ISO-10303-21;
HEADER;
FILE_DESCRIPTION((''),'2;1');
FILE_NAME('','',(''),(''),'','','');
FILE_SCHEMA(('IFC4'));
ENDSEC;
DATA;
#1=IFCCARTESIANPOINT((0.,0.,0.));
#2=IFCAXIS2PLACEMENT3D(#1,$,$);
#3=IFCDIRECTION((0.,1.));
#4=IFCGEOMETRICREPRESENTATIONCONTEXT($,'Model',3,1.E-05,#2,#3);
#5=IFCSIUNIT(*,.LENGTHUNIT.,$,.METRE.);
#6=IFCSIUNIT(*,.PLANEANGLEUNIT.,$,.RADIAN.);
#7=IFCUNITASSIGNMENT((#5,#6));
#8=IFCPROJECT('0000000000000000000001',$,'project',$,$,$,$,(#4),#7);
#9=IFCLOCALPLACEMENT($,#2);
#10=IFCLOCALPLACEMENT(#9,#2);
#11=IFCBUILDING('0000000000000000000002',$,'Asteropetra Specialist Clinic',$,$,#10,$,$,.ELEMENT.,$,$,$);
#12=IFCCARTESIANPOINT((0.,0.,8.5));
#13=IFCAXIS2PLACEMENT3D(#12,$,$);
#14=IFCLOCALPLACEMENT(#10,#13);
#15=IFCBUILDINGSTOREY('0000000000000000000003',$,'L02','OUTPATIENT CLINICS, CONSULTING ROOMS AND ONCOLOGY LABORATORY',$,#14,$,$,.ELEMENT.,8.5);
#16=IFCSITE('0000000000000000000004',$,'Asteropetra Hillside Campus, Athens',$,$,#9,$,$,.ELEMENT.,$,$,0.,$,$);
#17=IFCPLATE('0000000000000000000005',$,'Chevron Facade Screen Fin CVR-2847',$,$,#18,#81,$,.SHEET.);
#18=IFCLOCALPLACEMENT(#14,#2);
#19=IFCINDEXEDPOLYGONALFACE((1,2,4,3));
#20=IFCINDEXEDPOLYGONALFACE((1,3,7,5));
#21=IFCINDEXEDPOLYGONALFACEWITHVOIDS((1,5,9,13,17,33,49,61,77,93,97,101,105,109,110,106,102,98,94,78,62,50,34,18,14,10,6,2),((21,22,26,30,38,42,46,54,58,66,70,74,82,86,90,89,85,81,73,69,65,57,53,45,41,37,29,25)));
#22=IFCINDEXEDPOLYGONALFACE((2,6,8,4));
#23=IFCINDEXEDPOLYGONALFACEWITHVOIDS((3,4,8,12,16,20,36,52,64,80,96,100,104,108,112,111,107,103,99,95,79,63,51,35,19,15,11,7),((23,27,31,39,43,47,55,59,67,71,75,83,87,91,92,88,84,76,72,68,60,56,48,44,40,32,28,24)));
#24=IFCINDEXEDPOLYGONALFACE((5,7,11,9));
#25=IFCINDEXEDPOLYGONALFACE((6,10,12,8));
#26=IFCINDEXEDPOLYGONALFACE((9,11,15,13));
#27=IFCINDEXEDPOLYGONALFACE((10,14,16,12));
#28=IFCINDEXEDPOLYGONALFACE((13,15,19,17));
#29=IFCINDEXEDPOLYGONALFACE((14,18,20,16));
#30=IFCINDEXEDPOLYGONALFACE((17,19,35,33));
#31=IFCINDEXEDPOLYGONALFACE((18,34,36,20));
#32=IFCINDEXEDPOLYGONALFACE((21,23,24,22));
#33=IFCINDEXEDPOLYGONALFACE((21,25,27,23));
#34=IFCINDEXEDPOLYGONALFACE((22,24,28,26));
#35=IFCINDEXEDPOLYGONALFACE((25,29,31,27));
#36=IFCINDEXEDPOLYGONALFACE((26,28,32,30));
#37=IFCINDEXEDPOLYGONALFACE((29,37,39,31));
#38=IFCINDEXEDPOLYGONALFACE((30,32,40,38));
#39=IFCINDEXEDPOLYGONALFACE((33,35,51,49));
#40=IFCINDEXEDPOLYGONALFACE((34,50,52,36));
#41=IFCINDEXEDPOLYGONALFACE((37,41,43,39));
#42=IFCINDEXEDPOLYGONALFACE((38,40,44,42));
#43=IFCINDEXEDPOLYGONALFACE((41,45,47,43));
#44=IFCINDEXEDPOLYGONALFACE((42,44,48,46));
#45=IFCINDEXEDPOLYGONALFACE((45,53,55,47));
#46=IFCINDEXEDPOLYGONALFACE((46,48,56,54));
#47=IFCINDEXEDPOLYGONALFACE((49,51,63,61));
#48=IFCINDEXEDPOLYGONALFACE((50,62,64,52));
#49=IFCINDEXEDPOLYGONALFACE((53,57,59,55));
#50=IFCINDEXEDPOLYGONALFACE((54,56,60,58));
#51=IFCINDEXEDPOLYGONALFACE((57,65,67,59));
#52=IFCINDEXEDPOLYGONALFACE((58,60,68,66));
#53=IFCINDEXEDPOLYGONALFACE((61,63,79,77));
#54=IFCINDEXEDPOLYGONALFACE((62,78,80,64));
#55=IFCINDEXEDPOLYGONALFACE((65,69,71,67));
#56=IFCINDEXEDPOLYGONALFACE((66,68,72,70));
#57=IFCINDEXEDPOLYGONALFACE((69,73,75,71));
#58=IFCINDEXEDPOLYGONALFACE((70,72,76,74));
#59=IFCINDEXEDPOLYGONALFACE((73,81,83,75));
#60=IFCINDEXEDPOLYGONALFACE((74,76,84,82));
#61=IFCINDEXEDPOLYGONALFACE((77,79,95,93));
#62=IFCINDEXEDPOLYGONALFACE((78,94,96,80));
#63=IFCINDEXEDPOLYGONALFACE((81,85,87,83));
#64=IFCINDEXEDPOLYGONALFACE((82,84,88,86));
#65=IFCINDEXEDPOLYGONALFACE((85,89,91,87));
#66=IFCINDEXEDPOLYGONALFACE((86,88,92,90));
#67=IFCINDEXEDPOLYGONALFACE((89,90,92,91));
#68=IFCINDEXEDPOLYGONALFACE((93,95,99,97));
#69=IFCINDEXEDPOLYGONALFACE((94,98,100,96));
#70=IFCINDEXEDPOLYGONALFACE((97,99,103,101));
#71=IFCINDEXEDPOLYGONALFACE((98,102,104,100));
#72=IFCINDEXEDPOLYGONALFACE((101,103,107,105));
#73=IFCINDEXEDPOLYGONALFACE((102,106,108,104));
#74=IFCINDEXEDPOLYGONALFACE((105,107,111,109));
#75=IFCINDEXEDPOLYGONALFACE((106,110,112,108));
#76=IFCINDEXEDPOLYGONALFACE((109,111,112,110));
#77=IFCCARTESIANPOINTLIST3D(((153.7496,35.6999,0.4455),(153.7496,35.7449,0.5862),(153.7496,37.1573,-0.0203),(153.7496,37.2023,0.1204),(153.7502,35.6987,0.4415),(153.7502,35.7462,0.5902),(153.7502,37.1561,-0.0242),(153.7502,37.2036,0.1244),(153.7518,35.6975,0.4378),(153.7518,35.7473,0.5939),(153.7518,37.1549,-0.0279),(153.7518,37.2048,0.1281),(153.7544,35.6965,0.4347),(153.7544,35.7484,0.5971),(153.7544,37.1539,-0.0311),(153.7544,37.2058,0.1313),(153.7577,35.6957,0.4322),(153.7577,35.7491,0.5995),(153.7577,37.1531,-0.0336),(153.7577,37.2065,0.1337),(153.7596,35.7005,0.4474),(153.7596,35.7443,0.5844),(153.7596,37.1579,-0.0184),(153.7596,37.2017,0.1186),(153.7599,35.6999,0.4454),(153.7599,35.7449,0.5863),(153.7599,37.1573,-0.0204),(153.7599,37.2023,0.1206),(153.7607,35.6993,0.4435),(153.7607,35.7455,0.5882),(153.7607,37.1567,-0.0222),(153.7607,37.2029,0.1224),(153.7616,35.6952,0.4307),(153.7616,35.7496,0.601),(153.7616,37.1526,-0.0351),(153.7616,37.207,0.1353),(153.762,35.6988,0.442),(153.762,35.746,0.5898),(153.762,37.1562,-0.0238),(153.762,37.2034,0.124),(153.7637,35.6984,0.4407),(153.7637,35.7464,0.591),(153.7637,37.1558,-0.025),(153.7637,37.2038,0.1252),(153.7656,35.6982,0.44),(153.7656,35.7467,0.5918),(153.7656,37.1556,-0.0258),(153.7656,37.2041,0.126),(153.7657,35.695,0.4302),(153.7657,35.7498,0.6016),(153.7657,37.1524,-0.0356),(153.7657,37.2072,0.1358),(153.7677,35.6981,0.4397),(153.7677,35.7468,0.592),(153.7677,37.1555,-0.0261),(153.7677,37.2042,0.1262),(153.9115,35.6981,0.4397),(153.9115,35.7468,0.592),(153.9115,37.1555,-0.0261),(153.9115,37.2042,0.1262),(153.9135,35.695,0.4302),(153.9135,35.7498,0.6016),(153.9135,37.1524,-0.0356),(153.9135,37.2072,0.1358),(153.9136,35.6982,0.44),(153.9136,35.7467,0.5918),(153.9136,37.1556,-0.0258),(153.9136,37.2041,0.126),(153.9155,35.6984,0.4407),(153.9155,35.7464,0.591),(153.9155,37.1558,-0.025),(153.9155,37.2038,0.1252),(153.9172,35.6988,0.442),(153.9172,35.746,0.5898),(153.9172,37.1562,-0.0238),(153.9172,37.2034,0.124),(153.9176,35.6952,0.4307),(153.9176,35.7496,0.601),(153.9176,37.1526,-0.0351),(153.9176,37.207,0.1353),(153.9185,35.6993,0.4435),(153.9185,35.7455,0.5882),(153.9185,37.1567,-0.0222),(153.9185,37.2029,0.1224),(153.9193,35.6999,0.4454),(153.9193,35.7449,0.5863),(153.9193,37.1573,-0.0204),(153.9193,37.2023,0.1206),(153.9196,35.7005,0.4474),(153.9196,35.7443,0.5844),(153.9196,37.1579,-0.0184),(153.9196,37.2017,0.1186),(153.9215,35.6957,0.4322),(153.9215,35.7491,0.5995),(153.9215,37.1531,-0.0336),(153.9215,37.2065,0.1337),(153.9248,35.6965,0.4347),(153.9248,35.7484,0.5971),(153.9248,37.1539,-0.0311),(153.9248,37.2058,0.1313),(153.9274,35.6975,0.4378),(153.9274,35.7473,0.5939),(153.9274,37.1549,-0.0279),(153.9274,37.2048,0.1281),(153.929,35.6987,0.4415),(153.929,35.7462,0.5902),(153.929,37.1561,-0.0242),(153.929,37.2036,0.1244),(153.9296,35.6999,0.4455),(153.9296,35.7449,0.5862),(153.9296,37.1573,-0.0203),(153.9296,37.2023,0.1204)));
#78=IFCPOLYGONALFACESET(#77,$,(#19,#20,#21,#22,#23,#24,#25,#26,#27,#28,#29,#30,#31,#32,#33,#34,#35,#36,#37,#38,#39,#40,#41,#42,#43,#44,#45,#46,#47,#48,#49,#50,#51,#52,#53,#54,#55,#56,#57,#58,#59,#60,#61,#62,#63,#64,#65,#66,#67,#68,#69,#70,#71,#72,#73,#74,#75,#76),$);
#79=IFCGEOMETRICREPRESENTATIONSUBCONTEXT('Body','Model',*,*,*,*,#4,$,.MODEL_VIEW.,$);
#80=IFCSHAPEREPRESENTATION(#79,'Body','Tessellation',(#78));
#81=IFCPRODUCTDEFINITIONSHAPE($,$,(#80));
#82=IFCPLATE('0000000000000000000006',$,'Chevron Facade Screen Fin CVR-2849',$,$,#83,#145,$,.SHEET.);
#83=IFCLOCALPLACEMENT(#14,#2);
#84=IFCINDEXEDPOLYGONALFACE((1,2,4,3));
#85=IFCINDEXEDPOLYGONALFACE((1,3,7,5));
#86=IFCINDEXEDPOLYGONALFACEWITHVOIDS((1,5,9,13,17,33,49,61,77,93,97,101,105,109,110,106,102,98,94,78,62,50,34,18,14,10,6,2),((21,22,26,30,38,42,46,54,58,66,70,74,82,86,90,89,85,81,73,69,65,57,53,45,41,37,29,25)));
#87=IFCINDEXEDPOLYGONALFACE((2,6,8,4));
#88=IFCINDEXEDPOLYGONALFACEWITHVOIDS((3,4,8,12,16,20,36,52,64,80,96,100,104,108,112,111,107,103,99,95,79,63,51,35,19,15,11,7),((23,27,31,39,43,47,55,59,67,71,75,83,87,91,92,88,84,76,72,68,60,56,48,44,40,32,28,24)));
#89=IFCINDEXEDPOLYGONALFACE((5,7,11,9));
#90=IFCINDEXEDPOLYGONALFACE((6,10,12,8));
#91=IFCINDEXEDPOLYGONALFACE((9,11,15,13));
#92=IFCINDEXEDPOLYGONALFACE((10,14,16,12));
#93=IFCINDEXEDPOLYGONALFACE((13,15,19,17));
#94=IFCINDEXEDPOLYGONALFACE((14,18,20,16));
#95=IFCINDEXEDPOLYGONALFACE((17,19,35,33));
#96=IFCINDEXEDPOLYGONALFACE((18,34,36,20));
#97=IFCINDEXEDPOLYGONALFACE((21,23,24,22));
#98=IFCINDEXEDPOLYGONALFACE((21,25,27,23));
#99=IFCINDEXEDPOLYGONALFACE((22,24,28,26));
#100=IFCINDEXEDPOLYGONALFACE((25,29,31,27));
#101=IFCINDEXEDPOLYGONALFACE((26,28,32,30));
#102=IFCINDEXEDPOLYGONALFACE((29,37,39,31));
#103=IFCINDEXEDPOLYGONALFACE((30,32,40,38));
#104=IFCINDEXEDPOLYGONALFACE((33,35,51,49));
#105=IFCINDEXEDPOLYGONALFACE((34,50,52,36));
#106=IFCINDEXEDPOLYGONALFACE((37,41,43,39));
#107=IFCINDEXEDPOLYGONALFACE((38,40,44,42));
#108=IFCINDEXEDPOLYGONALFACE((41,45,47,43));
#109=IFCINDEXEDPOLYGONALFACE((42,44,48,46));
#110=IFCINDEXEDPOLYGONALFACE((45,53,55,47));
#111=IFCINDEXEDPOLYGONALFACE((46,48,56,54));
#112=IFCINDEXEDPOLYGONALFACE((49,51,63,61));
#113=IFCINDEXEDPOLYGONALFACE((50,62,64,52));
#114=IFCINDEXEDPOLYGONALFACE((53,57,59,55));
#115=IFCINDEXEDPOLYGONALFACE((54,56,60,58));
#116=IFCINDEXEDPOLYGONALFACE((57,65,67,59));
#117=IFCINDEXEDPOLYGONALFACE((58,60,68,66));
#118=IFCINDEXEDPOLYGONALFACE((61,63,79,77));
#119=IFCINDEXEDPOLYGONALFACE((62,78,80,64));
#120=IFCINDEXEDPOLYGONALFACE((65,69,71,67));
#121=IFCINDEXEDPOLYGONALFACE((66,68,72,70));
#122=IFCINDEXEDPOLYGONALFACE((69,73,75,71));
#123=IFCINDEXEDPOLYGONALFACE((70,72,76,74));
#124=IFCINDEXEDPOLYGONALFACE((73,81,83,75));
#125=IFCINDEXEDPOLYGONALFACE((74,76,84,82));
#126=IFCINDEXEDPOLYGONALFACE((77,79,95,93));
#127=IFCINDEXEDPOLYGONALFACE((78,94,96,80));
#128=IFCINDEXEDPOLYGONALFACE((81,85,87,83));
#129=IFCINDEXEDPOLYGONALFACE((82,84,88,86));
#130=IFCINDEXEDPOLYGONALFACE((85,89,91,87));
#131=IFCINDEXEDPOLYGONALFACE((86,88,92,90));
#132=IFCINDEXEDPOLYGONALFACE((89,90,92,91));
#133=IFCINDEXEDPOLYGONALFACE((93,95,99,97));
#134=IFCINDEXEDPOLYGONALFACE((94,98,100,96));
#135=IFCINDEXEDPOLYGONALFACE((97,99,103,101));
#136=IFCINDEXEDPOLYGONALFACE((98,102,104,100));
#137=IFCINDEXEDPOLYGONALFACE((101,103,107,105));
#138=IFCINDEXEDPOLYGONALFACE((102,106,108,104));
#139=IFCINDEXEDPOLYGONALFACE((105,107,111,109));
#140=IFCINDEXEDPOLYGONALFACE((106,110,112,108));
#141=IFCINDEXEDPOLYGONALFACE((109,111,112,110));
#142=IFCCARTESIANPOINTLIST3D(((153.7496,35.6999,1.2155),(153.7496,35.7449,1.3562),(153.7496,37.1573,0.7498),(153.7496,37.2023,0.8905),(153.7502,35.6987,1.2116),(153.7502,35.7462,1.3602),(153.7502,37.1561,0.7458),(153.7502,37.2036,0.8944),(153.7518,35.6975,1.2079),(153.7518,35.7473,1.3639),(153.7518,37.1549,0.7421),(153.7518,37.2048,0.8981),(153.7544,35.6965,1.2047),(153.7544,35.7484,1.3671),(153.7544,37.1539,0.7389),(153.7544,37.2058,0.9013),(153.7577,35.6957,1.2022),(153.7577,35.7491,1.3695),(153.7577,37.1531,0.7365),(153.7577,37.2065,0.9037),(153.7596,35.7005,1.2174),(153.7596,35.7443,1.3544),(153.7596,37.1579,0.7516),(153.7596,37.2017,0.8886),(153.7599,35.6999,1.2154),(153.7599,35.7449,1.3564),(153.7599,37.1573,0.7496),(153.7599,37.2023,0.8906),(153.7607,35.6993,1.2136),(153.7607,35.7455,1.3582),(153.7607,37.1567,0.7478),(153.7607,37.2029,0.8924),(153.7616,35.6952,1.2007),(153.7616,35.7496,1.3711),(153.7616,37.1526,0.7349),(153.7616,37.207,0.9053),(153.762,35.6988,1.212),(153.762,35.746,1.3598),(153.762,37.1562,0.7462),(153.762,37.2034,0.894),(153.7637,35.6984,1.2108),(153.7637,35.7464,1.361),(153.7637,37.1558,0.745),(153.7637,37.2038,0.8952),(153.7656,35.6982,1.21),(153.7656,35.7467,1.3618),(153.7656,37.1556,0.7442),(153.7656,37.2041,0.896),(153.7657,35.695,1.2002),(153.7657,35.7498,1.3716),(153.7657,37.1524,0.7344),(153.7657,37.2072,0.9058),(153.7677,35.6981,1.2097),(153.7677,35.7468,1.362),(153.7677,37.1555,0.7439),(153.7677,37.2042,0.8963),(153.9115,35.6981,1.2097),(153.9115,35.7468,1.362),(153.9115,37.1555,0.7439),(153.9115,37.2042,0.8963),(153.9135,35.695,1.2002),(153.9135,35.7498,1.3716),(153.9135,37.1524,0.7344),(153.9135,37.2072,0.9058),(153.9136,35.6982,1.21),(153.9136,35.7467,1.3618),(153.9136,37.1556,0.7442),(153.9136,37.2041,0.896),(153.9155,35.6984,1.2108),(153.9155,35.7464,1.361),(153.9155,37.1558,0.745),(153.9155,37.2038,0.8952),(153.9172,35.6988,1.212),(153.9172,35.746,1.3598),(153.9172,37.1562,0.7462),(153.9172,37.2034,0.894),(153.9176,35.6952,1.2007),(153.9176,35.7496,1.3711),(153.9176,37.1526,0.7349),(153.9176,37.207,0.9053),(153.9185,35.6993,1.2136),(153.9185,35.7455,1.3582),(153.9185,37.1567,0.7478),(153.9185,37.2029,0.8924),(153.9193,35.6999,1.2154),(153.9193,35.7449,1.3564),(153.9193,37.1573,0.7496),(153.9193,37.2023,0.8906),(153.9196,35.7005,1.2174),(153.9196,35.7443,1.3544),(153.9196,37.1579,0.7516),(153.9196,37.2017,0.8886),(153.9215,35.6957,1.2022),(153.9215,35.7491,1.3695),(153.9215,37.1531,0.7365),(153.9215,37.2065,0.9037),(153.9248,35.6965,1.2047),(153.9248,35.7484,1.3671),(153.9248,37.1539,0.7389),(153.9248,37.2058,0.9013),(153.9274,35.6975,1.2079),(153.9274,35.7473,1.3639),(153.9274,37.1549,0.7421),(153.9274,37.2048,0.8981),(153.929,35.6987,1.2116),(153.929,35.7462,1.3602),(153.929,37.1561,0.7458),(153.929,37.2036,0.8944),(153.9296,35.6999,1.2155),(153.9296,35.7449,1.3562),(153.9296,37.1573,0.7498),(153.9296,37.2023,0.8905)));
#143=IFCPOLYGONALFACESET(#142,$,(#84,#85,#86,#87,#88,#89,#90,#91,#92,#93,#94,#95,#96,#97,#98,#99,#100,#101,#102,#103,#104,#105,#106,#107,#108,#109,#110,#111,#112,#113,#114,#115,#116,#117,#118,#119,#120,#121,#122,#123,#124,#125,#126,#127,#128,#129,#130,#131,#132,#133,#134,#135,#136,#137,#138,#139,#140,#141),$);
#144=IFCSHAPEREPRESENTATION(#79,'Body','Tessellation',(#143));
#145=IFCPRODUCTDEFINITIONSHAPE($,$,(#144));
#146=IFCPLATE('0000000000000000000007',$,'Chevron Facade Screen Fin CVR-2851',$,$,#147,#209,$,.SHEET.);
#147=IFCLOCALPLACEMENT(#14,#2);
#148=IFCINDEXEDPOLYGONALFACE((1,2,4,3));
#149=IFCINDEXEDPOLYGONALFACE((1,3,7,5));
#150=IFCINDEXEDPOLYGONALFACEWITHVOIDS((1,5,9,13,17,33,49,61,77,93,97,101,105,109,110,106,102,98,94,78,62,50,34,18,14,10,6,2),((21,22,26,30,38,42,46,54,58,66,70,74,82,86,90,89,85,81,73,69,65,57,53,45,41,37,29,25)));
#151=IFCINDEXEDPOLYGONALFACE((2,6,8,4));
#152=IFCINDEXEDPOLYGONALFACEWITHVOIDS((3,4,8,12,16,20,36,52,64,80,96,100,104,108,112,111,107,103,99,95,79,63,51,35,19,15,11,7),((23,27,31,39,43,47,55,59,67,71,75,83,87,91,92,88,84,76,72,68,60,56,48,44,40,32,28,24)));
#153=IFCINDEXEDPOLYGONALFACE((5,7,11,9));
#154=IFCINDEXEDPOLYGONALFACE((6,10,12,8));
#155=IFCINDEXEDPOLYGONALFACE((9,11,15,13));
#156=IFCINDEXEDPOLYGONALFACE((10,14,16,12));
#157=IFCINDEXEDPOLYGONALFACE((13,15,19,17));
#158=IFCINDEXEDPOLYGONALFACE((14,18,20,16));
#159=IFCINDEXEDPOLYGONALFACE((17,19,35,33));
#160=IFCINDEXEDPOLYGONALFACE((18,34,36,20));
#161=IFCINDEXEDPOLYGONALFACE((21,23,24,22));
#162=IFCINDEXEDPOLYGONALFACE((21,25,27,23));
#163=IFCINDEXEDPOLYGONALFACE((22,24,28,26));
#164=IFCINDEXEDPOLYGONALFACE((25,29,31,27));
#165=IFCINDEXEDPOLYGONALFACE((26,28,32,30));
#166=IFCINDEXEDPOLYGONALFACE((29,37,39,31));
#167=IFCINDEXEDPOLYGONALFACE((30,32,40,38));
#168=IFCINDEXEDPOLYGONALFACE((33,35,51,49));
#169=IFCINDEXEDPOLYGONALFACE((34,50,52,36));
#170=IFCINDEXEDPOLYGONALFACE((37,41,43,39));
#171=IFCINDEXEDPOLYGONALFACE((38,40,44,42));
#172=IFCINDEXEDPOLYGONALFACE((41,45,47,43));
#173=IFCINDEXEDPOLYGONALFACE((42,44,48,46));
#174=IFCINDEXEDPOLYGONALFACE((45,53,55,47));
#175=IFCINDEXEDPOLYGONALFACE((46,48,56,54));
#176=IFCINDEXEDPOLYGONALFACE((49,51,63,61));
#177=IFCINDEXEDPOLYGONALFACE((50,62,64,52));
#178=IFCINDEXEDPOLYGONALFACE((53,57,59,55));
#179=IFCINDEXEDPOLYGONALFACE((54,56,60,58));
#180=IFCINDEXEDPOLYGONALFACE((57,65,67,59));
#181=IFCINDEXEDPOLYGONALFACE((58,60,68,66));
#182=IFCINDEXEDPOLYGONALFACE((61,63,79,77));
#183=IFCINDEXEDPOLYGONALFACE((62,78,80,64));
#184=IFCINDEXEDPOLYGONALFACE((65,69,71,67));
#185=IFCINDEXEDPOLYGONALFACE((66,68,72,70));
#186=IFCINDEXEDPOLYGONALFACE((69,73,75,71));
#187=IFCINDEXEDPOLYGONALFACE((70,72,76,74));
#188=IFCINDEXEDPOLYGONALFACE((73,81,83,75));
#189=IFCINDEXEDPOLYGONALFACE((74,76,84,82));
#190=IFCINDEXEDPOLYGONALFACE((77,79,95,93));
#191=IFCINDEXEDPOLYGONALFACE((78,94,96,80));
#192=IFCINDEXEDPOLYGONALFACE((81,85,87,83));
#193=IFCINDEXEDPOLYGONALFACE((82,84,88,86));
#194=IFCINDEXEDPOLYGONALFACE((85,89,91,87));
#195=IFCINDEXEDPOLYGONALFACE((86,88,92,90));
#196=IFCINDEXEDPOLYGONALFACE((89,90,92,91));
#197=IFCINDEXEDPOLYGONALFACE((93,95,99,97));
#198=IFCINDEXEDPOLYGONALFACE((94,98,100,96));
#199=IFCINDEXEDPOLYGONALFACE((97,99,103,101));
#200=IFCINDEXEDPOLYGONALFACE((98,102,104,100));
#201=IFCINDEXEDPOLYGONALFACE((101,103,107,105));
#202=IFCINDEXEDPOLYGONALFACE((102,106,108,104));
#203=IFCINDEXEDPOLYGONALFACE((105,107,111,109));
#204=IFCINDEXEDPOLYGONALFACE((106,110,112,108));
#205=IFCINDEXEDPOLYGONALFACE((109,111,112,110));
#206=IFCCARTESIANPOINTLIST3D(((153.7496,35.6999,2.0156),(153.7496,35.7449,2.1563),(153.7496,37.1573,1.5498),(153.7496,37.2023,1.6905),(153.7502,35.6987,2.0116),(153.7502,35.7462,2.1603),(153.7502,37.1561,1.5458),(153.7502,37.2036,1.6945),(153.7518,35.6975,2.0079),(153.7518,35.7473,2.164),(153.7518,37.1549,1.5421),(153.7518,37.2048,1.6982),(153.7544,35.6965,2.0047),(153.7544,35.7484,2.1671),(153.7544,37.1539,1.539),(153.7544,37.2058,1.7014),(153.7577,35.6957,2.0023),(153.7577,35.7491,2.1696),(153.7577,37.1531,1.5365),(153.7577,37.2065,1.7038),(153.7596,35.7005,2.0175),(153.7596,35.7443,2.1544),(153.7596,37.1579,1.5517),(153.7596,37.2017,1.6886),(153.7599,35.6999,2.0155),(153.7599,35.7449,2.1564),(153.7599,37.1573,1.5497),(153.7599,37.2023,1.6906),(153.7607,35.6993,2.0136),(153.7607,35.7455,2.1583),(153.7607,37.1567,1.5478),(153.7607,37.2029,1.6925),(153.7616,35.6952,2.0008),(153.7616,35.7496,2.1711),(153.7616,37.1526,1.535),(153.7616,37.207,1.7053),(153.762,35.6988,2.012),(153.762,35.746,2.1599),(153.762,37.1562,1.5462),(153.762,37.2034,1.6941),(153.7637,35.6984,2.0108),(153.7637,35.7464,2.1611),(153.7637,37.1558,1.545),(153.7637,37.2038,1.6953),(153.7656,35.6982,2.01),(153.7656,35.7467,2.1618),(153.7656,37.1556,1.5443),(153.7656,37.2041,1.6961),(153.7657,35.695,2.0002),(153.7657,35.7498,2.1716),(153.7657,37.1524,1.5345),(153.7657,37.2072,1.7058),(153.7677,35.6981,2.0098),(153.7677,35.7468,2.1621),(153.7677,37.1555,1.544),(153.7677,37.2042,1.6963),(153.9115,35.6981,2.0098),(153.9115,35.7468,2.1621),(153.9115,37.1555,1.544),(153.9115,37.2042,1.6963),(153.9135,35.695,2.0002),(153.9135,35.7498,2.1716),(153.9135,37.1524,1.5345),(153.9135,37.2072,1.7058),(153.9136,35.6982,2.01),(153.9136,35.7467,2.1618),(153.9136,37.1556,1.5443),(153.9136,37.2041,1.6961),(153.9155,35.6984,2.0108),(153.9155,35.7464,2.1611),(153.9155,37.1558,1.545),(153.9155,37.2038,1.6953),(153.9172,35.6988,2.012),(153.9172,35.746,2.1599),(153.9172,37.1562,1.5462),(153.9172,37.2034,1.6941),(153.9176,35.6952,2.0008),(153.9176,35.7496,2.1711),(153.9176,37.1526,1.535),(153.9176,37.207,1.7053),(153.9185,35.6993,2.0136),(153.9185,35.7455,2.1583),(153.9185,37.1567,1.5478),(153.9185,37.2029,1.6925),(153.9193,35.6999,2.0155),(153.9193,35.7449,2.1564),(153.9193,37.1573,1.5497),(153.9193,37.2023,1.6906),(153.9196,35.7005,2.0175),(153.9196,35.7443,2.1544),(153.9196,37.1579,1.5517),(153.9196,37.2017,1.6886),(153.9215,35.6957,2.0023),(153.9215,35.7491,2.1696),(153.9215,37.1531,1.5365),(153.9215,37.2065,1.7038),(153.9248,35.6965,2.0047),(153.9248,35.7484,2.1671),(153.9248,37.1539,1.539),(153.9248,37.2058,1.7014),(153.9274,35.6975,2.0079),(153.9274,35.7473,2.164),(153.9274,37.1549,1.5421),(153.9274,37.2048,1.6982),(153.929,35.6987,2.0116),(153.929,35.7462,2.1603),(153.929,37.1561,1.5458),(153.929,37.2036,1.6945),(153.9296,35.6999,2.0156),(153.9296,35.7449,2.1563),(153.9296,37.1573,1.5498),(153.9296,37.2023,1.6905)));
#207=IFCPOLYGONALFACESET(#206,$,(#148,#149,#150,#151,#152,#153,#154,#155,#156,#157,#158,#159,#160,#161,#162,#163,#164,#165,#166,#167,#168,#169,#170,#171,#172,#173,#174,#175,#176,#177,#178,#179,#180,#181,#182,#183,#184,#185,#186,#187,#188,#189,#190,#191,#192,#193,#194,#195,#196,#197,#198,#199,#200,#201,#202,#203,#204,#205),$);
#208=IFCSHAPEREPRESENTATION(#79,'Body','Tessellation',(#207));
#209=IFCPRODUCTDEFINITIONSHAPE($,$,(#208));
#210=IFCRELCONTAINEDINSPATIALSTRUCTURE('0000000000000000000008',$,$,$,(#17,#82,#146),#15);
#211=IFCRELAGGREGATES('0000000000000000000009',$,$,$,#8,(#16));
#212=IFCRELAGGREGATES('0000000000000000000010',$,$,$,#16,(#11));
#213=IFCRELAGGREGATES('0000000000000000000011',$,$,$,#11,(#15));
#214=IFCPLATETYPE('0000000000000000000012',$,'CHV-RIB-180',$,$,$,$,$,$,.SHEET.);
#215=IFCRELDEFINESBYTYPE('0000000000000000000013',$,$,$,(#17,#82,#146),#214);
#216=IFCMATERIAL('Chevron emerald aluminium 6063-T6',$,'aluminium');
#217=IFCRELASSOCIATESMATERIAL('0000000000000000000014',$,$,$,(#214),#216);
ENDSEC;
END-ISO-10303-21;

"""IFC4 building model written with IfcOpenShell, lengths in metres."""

from ifc_helpers import new_model, si_unit, direction, frame, origin, origin_2d, place, context, subcontext, project, spatial, hollow_rectangle, extrude, material, material_profile, profile_set, type_object, element, save


model = new_model("IFC4")

# Units and contexts
model_context = context("Model", 3, precision=1e-05, world=origin(), true_north=direction((0.0, 1.0)))
body_context = subcontext(model_context, "Body", "Model", "MODEL_VIEW")
ifc_project = project(units=[si_unit("LENGTHUNIT", "METRE"), si_unit("PLANEANGLEUNIT", "RADIAN")], contexts=[model_context])

# Site, building, storey
site_placement = place(None, origin())
site = spatial("IfcSite", under=ifc_project, at=site_placement, Name="Asteropetra Hillside Campus, Athens", CompositionType="ELEMENT", RefElevation=0.0)
building_placement = place(site_placement, origin())
building = spatial("IfcBuilding", under=site, at=building_placement, Name="Asteropetra Specialist Clinic", CompositionType="ELEMENT")
storey_placement = place(building_placement, frame((0.0, 0.0, 8.5)))
storey = spatial("IfcBuildingStorey", under=building, at=storey_placement, Name="L02", Description="OUTPATIENT CLINICS, CONSULTING ROOMS AND ONCOLOGY LABORATORY", CompositionType="ELEMENT", Elevation=8.5)

# Plates
ifc_material_1 = material(Name="Chevron emerald aluminium 6063-T6", Category="aluminium")
ifc_material_profile = material_profile(ifc_material_1, hollow_rectangle(XDim=0.1799, YDim=0.1799, WallThickness=0.01, InnerFilletRadius=0.0081, OuterFilletRadius=0.0161, at=origin_2d()), Name="SHS 180x180x10.0")
ifc_profile_set = profile_set([ifc_material_profile], Name="Chevron emerald aluminium 6063-T6")
plate_type = type_object("IfcPlateType", Name="CHV-RIB-180", PredefinedType="SHEET", material=ifc_profile_set)
for number, where, z_axis, x_axis, name in (
    (1, (153.8396, 35.7224, 0.5159), (0.0, 0.952535, -0.304428), (-1.0, 0.0, 0.0), "Chevron Facade Screen Fin CVR-2847"),
    (2, (153.8396, 35.7224, 1.2859), (0.0, 0.952535, -0.304428), (-1.0, 0.0, 0.0), "Chevron Facade Screen Fin CVR-2849"),
    (3, (153.8396, 35.7224, 2.0859), (0.0, 0.952535, -0.304428), (-1.0, 0.0, 0.0), "Chevron Facade Screen Fin CVR-2851"),
):
    element("IfcPlate", number, at=place(storey_placement, frame(where, z_axis=z_axis, x_axis=x_axis)), inside=storey, type_object=plate_type, Name=name, PredefinedType="SHEET", context=body_context, shape_type="SweptSolid", body=[
        extrude(hollow_rectangle(XDim=0.1799, YDim=0.1799, WallThickness=0.01, InnerFilletRadius=0.0081, OuterFilletRadius=0.0161, at=origin_2d()), origin(), (0.0, 0.0, 1.0), 1.53),
    ])

save(model, "model.ifc")
